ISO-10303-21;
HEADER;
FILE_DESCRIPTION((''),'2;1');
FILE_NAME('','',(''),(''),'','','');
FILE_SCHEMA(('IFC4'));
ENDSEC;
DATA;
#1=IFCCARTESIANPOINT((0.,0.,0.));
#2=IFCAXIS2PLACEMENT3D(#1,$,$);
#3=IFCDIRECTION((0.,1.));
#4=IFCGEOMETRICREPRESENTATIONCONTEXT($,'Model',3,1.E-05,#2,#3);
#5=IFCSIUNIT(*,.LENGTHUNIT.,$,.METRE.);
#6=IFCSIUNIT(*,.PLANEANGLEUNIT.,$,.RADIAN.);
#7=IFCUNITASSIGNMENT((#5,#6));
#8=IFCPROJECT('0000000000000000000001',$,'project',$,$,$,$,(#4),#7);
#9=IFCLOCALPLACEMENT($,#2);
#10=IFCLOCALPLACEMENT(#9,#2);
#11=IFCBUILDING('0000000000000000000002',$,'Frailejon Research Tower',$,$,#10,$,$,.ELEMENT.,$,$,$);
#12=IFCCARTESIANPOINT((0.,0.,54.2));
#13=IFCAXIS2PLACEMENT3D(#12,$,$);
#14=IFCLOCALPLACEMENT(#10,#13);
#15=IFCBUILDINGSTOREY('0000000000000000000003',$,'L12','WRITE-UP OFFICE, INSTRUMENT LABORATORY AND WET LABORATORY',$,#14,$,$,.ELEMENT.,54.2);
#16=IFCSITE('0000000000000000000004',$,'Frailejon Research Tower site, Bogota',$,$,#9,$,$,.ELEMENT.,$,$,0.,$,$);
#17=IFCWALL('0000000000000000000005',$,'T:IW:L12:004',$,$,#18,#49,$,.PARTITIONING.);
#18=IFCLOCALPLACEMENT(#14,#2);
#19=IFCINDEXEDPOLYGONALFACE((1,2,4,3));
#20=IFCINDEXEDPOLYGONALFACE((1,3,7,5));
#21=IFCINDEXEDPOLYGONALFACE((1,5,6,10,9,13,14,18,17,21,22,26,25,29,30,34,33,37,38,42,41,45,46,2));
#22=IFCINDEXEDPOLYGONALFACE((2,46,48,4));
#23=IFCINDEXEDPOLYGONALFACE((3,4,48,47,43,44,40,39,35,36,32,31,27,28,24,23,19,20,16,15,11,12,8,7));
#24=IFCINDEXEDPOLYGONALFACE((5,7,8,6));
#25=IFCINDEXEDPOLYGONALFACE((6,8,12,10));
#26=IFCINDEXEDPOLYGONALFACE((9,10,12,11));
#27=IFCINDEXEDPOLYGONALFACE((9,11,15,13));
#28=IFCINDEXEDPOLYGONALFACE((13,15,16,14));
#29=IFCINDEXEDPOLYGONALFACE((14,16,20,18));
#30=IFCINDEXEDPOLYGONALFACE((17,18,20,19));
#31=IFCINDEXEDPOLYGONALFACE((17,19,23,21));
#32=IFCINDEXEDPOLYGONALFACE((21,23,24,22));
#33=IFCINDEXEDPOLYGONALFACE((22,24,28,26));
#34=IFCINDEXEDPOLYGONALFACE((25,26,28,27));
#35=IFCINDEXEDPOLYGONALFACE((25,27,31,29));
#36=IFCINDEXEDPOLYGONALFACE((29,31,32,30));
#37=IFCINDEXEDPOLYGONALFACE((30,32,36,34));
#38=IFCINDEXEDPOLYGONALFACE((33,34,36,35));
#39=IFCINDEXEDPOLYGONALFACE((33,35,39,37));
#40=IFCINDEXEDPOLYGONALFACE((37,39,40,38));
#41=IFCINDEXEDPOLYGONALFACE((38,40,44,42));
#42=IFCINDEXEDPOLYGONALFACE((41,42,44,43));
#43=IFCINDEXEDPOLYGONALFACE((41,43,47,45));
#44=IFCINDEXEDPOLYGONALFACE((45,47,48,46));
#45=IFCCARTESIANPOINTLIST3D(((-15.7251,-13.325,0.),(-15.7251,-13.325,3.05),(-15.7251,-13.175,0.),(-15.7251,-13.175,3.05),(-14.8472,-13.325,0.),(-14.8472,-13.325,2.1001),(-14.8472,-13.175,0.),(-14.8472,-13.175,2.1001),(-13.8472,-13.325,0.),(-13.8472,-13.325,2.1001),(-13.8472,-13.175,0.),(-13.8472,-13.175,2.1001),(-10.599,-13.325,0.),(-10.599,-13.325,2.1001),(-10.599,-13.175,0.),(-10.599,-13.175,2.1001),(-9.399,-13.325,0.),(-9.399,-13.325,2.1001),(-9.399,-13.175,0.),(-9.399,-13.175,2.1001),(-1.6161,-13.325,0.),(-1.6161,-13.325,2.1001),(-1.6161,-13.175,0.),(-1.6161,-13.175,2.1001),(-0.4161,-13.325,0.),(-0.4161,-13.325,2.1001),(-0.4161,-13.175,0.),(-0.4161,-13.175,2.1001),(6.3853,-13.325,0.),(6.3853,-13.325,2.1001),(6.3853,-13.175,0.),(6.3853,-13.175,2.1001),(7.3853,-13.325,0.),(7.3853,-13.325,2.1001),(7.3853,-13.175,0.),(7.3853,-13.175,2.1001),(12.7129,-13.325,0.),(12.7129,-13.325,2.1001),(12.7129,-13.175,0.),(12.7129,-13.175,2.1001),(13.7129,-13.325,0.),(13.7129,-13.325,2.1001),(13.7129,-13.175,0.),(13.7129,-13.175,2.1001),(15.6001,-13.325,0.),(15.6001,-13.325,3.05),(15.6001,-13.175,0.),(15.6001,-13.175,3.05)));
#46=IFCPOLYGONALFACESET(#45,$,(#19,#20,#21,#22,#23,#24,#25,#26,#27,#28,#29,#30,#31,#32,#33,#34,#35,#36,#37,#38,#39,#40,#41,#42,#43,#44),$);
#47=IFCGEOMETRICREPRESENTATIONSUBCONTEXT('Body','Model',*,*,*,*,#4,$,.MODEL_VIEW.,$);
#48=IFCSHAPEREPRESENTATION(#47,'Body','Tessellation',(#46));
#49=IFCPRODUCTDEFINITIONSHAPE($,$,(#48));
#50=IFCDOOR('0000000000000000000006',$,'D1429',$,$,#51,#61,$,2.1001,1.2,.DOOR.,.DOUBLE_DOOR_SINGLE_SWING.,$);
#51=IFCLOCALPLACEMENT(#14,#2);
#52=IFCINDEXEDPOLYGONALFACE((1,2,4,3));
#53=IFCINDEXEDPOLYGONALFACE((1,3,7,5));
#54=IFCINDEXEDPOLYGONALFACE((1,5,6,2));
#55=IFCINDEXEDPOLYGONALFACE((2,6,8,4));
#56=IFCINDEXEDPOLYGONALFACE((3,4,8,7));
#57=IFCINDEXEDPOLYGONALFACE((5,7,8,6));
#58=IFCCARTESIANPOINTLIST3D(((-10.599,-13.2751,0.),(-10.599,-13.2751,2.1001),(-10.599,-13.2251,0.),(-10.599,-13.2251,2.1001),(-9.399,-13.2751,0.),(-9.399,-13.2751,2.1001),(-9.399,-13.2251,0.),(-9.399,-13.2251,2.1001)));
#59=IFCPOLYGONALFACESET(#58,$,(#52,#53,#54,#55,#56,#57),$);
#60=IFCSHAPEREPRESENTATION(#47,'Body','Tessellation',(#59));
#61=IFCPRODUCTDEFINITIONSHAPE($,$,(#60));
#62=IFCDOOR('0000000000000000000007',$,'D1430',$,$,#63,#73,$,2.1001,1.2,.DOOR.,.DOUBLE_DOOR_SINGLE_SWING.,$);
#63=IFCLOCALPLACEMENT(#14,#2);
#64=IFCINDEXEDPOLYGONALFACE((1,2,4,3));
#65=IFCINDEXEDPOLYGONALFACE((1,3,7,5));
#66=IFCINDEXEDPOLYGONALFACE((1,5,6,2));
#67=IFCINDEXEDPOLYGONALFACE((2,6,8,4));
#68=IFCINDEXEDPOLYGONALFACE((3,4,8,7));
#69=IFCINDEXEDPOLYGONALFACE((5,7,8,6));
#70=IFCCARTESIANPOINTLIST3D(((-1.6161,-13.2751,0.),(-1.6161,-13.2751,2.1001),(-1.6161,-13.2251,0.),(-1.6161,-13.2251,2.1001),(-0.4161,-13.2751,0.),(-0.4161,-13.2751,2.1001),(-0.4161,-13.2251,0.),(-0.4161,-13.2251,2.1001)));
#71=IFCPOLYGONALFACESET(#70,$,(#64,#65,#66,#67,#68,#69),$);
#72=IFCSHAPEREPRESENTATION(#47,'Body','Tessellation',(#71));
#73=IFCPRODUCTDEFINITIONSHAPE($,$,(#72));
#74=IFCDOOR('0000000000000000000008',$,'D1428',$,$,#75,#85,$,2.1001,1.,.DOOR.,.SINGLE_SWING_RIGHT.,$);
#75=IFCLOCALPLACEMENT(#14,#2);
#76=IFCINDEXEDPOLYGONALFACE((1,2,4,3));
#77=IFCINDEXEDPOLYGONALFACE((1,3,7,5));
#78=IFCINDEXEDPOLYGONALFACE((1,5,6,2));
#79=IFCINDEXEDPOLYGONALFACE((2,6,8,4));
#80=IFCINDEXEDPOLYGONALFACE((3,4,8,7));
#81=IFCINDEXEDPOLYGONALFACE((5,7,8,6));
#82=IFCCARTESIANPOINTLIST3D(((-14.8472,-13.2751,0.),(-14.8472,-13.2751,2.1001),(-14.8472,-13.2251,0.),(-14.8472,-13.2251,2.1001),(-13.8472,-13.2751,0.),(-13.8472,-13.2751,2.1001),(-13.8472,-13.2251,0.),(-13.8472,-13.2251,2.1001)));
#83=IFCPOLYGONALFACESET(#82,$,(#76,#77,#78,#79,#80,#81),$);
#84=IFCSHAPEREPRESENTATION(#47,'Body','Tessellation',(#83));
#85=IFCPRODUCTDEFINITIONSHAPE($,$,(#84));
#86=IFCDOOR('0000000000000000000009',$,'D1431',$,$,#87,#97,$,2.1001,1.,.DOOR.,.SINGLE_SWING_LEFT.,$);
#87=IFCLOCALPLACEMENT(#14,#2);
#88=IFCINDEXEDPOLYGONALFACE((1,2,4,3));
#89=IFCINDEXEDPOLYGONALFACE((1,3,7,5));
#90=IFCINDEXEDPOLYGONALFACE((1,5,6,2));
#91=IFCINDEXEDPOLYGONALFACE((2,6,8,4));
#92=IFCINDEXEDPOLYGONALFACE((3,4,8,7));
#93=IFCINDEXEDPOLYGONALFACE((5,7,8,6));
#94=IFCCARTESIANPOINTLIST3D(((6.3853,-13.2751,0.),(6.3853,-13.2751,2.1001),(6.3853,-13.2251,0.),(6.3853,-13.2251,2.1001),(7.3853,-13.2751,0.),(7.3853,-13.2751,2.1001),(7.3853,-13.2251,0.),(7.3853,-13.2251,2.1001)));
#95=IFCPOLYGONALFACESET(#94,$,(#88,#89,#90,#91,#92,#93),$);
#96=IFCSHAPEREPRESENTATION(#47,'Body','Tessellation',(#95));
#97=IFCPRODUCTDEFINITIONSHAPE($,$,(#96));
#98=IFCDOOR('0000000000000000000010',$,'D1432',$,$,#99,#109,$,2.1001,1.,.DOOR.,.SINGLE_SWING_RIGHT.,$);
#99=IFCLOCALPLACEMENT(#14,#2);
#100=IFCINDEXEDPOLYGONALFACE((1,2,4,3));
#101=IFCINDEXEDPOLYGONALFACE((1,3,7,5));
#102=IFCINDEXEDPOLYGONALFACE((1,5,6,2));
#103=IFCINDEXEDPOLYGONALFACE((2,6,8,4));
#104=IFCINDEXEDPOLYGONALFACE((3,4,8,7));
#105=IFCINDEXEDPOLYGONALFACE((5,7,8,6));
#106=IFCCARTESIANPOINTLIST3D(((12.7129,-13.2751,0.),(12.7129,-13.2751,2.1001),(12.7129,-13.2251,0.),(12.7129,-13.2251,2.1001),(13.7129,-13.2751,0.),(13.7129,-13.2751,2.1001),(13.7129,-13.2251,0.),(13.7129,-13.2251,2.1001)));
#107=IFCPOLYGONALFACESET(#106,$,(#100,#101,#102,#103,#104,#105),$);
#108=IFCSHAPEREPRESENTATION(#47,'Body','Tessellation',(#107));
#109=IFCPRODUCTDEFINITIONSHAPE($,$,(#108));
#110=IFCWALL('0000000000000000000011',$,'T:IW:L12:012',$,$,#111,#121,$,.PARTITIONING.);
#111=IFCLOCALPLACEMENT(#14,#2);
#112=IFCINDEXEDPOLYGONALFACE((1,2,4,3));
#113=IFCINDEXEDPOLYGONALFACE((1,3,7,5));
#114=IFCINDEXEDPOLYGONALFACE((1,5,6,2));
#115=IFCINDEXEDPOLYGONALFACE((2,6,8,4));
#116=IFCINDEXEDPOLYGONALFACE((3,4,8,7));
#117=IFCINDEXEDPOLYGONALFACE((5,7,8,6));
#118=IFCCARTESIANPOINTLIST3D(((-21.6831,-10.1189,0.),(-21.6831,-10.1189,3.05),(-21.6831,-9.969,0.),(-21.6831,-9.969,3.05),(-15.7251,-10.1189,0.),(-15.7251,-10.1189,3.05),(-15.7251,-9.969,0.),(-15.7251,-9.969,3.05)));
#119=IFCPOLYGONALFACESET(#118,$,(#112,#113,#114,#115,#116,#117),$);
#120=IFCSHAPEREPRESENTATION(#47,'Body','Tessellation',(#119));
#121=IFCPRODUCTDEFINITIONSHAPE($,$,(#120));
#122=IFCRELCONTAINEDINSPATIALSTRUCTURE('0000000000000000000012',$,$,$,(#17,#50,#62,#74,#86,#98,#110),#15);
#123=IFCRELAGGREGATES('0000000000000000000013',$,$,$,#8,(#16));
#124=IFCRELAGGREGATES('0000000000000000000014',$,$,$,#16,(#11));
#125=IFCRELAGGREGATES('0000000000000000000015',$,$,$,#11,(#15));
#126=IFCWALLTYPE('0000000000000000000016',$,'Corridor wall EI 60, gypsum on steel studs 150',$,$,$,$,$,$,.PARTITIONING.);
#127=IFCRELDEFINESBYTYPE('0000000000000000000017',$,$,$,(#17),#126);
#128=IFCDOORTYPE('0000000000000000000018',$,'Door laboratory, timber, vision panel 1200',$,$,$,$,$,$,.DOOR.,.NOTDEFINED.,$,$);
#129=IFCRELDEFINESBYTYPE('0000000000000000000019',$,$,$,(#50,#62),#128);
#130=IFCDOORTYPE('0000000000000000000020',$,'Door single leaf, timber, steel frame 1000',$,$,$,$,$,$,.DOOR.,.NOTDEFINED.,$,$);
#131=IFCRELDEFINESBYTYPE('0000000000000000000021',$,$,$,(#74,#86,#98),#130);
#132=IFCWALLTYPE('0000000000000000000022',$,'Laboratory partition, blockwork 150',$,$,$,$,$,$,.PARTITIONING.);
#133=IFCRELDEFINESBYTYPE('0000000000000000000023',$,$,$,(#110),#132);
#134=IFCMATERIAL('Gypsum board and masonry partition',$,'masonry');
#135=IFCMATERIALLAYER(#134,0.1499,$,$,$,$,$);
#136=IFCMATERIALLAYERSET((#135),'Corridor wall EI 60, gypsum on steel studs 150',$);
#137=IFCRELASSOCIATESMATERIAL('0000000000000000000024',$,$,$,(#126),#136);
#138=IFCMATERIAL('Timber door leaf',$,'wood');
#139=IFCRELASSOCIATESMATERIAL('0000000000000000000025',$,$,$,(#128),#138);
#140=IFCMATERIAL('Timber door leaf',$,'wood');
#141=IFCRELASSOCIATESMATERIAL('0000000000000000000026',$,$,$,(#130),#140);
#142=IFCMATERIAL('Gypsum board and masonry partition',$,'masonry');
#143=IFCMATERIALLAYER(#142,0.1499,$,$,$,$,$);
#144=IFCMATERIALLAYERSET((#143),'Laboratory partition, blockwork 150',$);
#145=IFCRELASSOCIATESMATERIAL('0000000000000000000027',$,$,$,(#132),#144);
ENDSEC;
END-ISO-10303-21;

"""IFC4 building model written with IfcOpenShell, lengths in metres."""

from ifc_helpers import new_model, si_unit, direction, frame, frame_2d, origin, place, context, subcontext, project, spatial, rectangle, extrude, material, layer, layer_set, type_object, element, fill, save


model = new_model("IFC4")

# Units and contexts
model_context = context("Model", 3, precision=1e-05, world=origin(), true_north=direction((0.0, 1.0)))
body_context = subcontext(model_context, "Body", "Model", "MODEL_VIEW")
ifc_project = project(units=[si_unit("LENGTHUNIT", "METRE"), si_unit("PLANEANGLEUNIT", "RADIAN")], contexts=[model_context])

# Site, building, storey
site_placement = place(None, origin())
site = spatial("IfcSite", under=ifc_project, at=site_placement, Name="Frailejon Research Tower site, Bogota", CompositionType="ELEMENT", RefElevation=0.0)
building_placement = place(site_placement, origin())
building = spatial("IfcBuilding", under=site, at=building_placement, Name="Frailejon Research Tower", CompositionType="ELEMENT")
storey_placement = place(building_placement, frame((0.0, 0.0, 54.2)))
storey = spatial("IfcBuildingStorey", under=building, at=storey_placement, Name="L12", Description="WRITE-UP OFFICE, INSTRUMENT LABORATORY AND WET LABORATORY", CompositionType="ELEMENT", Elevation=54.2)

# Wall, openings, doors
ifc_material_1 = material(Name="Gypsum board and masonry partition", Category="masonry")
ifc_layer_1 = layer(ifc_material_1, 0.1499)
ifc_layer_set_1 = layer_set([ifc_layer_1], Name="Corridor wall EI 60, gypsum on steel studs 150")
wall_type_1 = type_object("IfcWallType", Name="Corridor wall EI 60, gypsum on steel studs 150", PredefinedType="PARTITIONING", material=ifc_layer_set_1)
ifc_material_2 = material(Name="Timber door leaf", Category="wood")
door_type_1 = type_object("IfcDoorType", Name="Door laboratory, timber, vision panel 1200", OperationType="NOTDEFINED", PredefinedType="DOOR", material=ifc_material_2)
ifc_material_3 = material(Name="Timber door leaf", Category="wood")
door_type_2 = type_object("IfcDoorType", Name="Door single leaf, timber, steel frame 1000", OperationType="NOTDEFINED", PredefinedType="DOOR", material=ifc_material_3)
wall_1_placement = place(storey_placement, frame((-15.7251, -13.25, 0.0), z_axis=(0.0, 0.0, 1.0), x_axis=(1.0, 0.0, 0.0)))
wall_1 = element("IfcWall", 1, at=wall_1_placement, inside=storey, type_object=wall_type_1, Name="T:IW:L12:004", PredefinedType="PARTITIONING", context=body_context, shape_type="SweptSolid", body=[
    extrude(rectangle(XDim=31.3252, YDim=0.1499, at=frame_2d((15.6626, 0.0))), origin(), (0.0, 0.0, 1.0), 3.05),
])
opening_1_placement = place(wall_1_placement, frame((0.8779, 0.0, 0.0)))
opening_1 = element("IfcOpeningElement", 2, at=opening_1_placement, cuts=wall_1, PredefinedType="OPENING", context=body_context, shape_type="SweptSolid", body=[
    extrude(rectangle(XDim=1.0, YDim=2.1001, at=frame_2d((0.5, 1.05))), frame((0.0, 0.085, 0.0), z_axis=(0.0, -1.0, 0.0), x_axis=(1.0, 0.0, 0.0)), (0.0, 0.0, 1.0), 0.1699),
])
opening_2_placement = place(wall_1_placement, frame((5.126, 0.0, 0.0)))
opening_2 = element("IfcOpeningElement", 3, at=opening_2_placement, cuts=wall_1, PredefinedType="OPENING", context=body_context, shape_type="SweptSolid", body=[
    extrude(rectangle(XDim=1.2, YDim=2.1001, at=frame_2d((0.6001, 1.05))), frame((0.0, 0.085, 0.0), z_axis=(0.0, -1.0, 0.0), x_axis=(1.0, 0.0, 0.0)), (0.0, 0.0, 1.0), 0.1699),
])
opening_3_placement = place(wall_1_placement, frame((14.1089, 0.0, 0.0)))
opening_3 = element("IfcOpeningElement", 4, at=opening_3_placement, cuts=wall_1, PredefinedType="OPENING", context=body_context, shape_type="SweptSolid", body=[
    extrude(rectangle(XDim=1.2, YDim=2.1001, at=frame_2d((0.6001, 1.05))), frame((0.0, 0.085, 0.0), z_axis=(0.0, -1.0, 0.0), x_axis=(1.0, 0.0, 0.0)), (0.0, 0.0, 1.0), 0.1699),
])
opening_4_placement = place(wall_1_placement, frame((22.1104, 0.0, 0.0)))
opening_4 = element("IfcOpeningElement", 5, at=opening_4_placement, cuts=wall_1, PredefinedType="OPENING", context=body_context, shape_type="SweptSolid", body=[
    extrude(rectangle(XDim=1.0, YDim=2.1001, at=frame_2d((0.5, 1.05))), frame((0.0, 0.085, 0.0), z_axis=(0.0, -1.0, 0.0), x_axis=(1.0, 0.0, 0.0)), (0.0, 0.0, 1.0), 0.1699),
])
opening_5_placement = place(wall_1_placement, frame((28.438, 0.0, 0.0)))
opening_5 = element("IfcOpeningElement", 6, at=opening_5_placement, cuts=wall_1, PredefinedType="OPENING", context=body_context, shape_type="SweptSolid", body=[
    extrude(rectangle(XDim=1.0, YDim=2.1001, at=frame_2d((0.5, 1.05))), frame((0.0, 0.085, 0.0), z_axis=(0.0, -1.0, 0.0), x_axis=(1.0, 0.0, 0.0)), (0.0, 0.0, 1.0), 0.1699),
])
door_1_placement = place(opening_2_placement, origin())
door_1 = element("IfcDoor", 7, at=door_1_placement, inside=storey, type_object=door_type_1, Name="D1429", OperationType="DOUBLE_DOOR_SINGLE_SWING", OverallHeight=2.1001, OverallWidth=1.2, PredefinedType="DOOR", context=body_context, shape_type="SweptSolid", body=[
    extrude(rectangle(XDim=1.2, YDim=2.1001, at=frame_2d((0.6001, 1.05))), frame((0.0, 0.0249, 0.0), z_axis=(0.0, -1.0, 0.0), x_axis=(1.0, 0.0, 0.0)), (0.0, 0.0, 1.0), 0.05),
])
fill(opening_2, door_1)
door_2_placement = place(opening_3_placement, origin())
door_2 = element("IfcDoor", 8, at=door_2_placement, inside=storey, type_object=door_type_1, Name="D1430", OperationType="DOUBLE_DOOR_SINGLE_SWING", OverallHeight=2.1001, OverallWidth=1.2, PredefinedType="DOOR", context=body_context, shape_type="SweptSolid", body=[
    extrude(rectangle(XDim=1.2, YDim=2.1001, at=frame_2d((0.6001, 1.05))), frame((0.0, 0.0249, 0.0), z_axis=(0.0, -1.0, 0.0), x_axis=(1.0, 0.0, 0.0)), (0.0, 0.0, 1.0), 0.05),
])
fill(opening_3, door_2)
door_3_placement = place(opening_1_placement, origin())
door_3 = element("IfcDoor", 9, at=door_3_placement, inside=storey, type_object=door_type_2, Name="D1428", OperationType="SINGLE_SWING_RIGHT", OverallHeight=2.1001, OverallWidth=1.0, PredefinedType="DOOR", context=body_context, shape_type="SweptSolid", body=[
    extrude(rectangle(XDim=1.0, YDim=2.1001, at=frame_2d((0.5, 1.05))), frame((0.0, 0.0249, 0.0), z_axis=(0.0, -1.0, 0.0), x_axis=(1.0, 0.0, 0.0)), (0.0, 0.0, 1.0), 0.05),
])
fill(opening_1, door_3)
door_4_placement = place(opening_4_placement, origin())
door_4 = element("IfcDoor", 10, at=door_4_placement, inside=storey, type_object=door_type_2, Name="D1431", OperationType="SINGLE_SWING_LEFT", OverallHeight=2.1001, OverallWidth=1.0, PredefinedType="DOOR", context=body_context, shape_type="SweptSolid", body=[
    extrude(rectangle(XDim=1.0, YDim=2.1001, at=frame_2d((0.5, 1.05))), frame((0.0, 0.0249, 0.0), z_axis=(0.0, -1.0, 0.0), x_axis=(1.0, 0.0, 0.0)), (0.0, 0.0, 1.0), 0.05),
])
fill(opening_4, door_4)
door_5_placement = place(opening_5_placement, origin())
door_5 = element("IfcDoor", 11, at=door_5_placement, inside=storey, type_object=door_type_2, Name="D1432", OperationType="SINGLE_SWING_RIGHT", OverallHeight=2.1001, OverallWidth=1.0, PredefinedType="DOOR", context=body_context, shape_type="SweptSolid", body=[
    extrude(rectangle(XDim=1.0, YDim=2.1001, at=frame_2d((0.5, 1.05))), frame((0.0, 0.0249, 0.0), z_axis=(0.0, -1.0, 0.0), x_axis=(1.0, 0.0, 0.0)), (0.0, 0.0, 1.0), 0.05),
])
fill(opening_5, door_5)

# Wall
ifc_material_4 = material(Name="Gypsum board and masonry partition", Category="masonry")
ifc_layer_2 = layer(ifc_material_4, 0.1499)
ifc_layer_set_2 = layer_set([ifc_layer_2], Name="Laboratory partition, blockwork 150")
wall_type_2 = type_object("IfcWallType", Name="Laboratory partition, blockwork 150", PredefinedType="PARTITIONING", material=ifc_layer_set_2)
wall_2_placement = place(storey_placement, frame((-21.6831, -10.0439, 0.0), z_axis=(0.0, 0.0, 1.0), x_axis=(1.0, 0.0, 0.0)))
element("IfcWall", 12, at=wall_2_placement, inside=storey, type_object=wall_type_2, Name="T:IW:L12:012", PredefinedType="PARTITIONING", context=body_context, shape_type="SweptSolid", body=[
    extrude(rectangle(XDim=5.958, YDim=0.1499, at=frame_2d((2.979, 0.0))), origin(), (0.0, 0.0, 1.0), 3.05),
])

save(model, "model.ifc")
